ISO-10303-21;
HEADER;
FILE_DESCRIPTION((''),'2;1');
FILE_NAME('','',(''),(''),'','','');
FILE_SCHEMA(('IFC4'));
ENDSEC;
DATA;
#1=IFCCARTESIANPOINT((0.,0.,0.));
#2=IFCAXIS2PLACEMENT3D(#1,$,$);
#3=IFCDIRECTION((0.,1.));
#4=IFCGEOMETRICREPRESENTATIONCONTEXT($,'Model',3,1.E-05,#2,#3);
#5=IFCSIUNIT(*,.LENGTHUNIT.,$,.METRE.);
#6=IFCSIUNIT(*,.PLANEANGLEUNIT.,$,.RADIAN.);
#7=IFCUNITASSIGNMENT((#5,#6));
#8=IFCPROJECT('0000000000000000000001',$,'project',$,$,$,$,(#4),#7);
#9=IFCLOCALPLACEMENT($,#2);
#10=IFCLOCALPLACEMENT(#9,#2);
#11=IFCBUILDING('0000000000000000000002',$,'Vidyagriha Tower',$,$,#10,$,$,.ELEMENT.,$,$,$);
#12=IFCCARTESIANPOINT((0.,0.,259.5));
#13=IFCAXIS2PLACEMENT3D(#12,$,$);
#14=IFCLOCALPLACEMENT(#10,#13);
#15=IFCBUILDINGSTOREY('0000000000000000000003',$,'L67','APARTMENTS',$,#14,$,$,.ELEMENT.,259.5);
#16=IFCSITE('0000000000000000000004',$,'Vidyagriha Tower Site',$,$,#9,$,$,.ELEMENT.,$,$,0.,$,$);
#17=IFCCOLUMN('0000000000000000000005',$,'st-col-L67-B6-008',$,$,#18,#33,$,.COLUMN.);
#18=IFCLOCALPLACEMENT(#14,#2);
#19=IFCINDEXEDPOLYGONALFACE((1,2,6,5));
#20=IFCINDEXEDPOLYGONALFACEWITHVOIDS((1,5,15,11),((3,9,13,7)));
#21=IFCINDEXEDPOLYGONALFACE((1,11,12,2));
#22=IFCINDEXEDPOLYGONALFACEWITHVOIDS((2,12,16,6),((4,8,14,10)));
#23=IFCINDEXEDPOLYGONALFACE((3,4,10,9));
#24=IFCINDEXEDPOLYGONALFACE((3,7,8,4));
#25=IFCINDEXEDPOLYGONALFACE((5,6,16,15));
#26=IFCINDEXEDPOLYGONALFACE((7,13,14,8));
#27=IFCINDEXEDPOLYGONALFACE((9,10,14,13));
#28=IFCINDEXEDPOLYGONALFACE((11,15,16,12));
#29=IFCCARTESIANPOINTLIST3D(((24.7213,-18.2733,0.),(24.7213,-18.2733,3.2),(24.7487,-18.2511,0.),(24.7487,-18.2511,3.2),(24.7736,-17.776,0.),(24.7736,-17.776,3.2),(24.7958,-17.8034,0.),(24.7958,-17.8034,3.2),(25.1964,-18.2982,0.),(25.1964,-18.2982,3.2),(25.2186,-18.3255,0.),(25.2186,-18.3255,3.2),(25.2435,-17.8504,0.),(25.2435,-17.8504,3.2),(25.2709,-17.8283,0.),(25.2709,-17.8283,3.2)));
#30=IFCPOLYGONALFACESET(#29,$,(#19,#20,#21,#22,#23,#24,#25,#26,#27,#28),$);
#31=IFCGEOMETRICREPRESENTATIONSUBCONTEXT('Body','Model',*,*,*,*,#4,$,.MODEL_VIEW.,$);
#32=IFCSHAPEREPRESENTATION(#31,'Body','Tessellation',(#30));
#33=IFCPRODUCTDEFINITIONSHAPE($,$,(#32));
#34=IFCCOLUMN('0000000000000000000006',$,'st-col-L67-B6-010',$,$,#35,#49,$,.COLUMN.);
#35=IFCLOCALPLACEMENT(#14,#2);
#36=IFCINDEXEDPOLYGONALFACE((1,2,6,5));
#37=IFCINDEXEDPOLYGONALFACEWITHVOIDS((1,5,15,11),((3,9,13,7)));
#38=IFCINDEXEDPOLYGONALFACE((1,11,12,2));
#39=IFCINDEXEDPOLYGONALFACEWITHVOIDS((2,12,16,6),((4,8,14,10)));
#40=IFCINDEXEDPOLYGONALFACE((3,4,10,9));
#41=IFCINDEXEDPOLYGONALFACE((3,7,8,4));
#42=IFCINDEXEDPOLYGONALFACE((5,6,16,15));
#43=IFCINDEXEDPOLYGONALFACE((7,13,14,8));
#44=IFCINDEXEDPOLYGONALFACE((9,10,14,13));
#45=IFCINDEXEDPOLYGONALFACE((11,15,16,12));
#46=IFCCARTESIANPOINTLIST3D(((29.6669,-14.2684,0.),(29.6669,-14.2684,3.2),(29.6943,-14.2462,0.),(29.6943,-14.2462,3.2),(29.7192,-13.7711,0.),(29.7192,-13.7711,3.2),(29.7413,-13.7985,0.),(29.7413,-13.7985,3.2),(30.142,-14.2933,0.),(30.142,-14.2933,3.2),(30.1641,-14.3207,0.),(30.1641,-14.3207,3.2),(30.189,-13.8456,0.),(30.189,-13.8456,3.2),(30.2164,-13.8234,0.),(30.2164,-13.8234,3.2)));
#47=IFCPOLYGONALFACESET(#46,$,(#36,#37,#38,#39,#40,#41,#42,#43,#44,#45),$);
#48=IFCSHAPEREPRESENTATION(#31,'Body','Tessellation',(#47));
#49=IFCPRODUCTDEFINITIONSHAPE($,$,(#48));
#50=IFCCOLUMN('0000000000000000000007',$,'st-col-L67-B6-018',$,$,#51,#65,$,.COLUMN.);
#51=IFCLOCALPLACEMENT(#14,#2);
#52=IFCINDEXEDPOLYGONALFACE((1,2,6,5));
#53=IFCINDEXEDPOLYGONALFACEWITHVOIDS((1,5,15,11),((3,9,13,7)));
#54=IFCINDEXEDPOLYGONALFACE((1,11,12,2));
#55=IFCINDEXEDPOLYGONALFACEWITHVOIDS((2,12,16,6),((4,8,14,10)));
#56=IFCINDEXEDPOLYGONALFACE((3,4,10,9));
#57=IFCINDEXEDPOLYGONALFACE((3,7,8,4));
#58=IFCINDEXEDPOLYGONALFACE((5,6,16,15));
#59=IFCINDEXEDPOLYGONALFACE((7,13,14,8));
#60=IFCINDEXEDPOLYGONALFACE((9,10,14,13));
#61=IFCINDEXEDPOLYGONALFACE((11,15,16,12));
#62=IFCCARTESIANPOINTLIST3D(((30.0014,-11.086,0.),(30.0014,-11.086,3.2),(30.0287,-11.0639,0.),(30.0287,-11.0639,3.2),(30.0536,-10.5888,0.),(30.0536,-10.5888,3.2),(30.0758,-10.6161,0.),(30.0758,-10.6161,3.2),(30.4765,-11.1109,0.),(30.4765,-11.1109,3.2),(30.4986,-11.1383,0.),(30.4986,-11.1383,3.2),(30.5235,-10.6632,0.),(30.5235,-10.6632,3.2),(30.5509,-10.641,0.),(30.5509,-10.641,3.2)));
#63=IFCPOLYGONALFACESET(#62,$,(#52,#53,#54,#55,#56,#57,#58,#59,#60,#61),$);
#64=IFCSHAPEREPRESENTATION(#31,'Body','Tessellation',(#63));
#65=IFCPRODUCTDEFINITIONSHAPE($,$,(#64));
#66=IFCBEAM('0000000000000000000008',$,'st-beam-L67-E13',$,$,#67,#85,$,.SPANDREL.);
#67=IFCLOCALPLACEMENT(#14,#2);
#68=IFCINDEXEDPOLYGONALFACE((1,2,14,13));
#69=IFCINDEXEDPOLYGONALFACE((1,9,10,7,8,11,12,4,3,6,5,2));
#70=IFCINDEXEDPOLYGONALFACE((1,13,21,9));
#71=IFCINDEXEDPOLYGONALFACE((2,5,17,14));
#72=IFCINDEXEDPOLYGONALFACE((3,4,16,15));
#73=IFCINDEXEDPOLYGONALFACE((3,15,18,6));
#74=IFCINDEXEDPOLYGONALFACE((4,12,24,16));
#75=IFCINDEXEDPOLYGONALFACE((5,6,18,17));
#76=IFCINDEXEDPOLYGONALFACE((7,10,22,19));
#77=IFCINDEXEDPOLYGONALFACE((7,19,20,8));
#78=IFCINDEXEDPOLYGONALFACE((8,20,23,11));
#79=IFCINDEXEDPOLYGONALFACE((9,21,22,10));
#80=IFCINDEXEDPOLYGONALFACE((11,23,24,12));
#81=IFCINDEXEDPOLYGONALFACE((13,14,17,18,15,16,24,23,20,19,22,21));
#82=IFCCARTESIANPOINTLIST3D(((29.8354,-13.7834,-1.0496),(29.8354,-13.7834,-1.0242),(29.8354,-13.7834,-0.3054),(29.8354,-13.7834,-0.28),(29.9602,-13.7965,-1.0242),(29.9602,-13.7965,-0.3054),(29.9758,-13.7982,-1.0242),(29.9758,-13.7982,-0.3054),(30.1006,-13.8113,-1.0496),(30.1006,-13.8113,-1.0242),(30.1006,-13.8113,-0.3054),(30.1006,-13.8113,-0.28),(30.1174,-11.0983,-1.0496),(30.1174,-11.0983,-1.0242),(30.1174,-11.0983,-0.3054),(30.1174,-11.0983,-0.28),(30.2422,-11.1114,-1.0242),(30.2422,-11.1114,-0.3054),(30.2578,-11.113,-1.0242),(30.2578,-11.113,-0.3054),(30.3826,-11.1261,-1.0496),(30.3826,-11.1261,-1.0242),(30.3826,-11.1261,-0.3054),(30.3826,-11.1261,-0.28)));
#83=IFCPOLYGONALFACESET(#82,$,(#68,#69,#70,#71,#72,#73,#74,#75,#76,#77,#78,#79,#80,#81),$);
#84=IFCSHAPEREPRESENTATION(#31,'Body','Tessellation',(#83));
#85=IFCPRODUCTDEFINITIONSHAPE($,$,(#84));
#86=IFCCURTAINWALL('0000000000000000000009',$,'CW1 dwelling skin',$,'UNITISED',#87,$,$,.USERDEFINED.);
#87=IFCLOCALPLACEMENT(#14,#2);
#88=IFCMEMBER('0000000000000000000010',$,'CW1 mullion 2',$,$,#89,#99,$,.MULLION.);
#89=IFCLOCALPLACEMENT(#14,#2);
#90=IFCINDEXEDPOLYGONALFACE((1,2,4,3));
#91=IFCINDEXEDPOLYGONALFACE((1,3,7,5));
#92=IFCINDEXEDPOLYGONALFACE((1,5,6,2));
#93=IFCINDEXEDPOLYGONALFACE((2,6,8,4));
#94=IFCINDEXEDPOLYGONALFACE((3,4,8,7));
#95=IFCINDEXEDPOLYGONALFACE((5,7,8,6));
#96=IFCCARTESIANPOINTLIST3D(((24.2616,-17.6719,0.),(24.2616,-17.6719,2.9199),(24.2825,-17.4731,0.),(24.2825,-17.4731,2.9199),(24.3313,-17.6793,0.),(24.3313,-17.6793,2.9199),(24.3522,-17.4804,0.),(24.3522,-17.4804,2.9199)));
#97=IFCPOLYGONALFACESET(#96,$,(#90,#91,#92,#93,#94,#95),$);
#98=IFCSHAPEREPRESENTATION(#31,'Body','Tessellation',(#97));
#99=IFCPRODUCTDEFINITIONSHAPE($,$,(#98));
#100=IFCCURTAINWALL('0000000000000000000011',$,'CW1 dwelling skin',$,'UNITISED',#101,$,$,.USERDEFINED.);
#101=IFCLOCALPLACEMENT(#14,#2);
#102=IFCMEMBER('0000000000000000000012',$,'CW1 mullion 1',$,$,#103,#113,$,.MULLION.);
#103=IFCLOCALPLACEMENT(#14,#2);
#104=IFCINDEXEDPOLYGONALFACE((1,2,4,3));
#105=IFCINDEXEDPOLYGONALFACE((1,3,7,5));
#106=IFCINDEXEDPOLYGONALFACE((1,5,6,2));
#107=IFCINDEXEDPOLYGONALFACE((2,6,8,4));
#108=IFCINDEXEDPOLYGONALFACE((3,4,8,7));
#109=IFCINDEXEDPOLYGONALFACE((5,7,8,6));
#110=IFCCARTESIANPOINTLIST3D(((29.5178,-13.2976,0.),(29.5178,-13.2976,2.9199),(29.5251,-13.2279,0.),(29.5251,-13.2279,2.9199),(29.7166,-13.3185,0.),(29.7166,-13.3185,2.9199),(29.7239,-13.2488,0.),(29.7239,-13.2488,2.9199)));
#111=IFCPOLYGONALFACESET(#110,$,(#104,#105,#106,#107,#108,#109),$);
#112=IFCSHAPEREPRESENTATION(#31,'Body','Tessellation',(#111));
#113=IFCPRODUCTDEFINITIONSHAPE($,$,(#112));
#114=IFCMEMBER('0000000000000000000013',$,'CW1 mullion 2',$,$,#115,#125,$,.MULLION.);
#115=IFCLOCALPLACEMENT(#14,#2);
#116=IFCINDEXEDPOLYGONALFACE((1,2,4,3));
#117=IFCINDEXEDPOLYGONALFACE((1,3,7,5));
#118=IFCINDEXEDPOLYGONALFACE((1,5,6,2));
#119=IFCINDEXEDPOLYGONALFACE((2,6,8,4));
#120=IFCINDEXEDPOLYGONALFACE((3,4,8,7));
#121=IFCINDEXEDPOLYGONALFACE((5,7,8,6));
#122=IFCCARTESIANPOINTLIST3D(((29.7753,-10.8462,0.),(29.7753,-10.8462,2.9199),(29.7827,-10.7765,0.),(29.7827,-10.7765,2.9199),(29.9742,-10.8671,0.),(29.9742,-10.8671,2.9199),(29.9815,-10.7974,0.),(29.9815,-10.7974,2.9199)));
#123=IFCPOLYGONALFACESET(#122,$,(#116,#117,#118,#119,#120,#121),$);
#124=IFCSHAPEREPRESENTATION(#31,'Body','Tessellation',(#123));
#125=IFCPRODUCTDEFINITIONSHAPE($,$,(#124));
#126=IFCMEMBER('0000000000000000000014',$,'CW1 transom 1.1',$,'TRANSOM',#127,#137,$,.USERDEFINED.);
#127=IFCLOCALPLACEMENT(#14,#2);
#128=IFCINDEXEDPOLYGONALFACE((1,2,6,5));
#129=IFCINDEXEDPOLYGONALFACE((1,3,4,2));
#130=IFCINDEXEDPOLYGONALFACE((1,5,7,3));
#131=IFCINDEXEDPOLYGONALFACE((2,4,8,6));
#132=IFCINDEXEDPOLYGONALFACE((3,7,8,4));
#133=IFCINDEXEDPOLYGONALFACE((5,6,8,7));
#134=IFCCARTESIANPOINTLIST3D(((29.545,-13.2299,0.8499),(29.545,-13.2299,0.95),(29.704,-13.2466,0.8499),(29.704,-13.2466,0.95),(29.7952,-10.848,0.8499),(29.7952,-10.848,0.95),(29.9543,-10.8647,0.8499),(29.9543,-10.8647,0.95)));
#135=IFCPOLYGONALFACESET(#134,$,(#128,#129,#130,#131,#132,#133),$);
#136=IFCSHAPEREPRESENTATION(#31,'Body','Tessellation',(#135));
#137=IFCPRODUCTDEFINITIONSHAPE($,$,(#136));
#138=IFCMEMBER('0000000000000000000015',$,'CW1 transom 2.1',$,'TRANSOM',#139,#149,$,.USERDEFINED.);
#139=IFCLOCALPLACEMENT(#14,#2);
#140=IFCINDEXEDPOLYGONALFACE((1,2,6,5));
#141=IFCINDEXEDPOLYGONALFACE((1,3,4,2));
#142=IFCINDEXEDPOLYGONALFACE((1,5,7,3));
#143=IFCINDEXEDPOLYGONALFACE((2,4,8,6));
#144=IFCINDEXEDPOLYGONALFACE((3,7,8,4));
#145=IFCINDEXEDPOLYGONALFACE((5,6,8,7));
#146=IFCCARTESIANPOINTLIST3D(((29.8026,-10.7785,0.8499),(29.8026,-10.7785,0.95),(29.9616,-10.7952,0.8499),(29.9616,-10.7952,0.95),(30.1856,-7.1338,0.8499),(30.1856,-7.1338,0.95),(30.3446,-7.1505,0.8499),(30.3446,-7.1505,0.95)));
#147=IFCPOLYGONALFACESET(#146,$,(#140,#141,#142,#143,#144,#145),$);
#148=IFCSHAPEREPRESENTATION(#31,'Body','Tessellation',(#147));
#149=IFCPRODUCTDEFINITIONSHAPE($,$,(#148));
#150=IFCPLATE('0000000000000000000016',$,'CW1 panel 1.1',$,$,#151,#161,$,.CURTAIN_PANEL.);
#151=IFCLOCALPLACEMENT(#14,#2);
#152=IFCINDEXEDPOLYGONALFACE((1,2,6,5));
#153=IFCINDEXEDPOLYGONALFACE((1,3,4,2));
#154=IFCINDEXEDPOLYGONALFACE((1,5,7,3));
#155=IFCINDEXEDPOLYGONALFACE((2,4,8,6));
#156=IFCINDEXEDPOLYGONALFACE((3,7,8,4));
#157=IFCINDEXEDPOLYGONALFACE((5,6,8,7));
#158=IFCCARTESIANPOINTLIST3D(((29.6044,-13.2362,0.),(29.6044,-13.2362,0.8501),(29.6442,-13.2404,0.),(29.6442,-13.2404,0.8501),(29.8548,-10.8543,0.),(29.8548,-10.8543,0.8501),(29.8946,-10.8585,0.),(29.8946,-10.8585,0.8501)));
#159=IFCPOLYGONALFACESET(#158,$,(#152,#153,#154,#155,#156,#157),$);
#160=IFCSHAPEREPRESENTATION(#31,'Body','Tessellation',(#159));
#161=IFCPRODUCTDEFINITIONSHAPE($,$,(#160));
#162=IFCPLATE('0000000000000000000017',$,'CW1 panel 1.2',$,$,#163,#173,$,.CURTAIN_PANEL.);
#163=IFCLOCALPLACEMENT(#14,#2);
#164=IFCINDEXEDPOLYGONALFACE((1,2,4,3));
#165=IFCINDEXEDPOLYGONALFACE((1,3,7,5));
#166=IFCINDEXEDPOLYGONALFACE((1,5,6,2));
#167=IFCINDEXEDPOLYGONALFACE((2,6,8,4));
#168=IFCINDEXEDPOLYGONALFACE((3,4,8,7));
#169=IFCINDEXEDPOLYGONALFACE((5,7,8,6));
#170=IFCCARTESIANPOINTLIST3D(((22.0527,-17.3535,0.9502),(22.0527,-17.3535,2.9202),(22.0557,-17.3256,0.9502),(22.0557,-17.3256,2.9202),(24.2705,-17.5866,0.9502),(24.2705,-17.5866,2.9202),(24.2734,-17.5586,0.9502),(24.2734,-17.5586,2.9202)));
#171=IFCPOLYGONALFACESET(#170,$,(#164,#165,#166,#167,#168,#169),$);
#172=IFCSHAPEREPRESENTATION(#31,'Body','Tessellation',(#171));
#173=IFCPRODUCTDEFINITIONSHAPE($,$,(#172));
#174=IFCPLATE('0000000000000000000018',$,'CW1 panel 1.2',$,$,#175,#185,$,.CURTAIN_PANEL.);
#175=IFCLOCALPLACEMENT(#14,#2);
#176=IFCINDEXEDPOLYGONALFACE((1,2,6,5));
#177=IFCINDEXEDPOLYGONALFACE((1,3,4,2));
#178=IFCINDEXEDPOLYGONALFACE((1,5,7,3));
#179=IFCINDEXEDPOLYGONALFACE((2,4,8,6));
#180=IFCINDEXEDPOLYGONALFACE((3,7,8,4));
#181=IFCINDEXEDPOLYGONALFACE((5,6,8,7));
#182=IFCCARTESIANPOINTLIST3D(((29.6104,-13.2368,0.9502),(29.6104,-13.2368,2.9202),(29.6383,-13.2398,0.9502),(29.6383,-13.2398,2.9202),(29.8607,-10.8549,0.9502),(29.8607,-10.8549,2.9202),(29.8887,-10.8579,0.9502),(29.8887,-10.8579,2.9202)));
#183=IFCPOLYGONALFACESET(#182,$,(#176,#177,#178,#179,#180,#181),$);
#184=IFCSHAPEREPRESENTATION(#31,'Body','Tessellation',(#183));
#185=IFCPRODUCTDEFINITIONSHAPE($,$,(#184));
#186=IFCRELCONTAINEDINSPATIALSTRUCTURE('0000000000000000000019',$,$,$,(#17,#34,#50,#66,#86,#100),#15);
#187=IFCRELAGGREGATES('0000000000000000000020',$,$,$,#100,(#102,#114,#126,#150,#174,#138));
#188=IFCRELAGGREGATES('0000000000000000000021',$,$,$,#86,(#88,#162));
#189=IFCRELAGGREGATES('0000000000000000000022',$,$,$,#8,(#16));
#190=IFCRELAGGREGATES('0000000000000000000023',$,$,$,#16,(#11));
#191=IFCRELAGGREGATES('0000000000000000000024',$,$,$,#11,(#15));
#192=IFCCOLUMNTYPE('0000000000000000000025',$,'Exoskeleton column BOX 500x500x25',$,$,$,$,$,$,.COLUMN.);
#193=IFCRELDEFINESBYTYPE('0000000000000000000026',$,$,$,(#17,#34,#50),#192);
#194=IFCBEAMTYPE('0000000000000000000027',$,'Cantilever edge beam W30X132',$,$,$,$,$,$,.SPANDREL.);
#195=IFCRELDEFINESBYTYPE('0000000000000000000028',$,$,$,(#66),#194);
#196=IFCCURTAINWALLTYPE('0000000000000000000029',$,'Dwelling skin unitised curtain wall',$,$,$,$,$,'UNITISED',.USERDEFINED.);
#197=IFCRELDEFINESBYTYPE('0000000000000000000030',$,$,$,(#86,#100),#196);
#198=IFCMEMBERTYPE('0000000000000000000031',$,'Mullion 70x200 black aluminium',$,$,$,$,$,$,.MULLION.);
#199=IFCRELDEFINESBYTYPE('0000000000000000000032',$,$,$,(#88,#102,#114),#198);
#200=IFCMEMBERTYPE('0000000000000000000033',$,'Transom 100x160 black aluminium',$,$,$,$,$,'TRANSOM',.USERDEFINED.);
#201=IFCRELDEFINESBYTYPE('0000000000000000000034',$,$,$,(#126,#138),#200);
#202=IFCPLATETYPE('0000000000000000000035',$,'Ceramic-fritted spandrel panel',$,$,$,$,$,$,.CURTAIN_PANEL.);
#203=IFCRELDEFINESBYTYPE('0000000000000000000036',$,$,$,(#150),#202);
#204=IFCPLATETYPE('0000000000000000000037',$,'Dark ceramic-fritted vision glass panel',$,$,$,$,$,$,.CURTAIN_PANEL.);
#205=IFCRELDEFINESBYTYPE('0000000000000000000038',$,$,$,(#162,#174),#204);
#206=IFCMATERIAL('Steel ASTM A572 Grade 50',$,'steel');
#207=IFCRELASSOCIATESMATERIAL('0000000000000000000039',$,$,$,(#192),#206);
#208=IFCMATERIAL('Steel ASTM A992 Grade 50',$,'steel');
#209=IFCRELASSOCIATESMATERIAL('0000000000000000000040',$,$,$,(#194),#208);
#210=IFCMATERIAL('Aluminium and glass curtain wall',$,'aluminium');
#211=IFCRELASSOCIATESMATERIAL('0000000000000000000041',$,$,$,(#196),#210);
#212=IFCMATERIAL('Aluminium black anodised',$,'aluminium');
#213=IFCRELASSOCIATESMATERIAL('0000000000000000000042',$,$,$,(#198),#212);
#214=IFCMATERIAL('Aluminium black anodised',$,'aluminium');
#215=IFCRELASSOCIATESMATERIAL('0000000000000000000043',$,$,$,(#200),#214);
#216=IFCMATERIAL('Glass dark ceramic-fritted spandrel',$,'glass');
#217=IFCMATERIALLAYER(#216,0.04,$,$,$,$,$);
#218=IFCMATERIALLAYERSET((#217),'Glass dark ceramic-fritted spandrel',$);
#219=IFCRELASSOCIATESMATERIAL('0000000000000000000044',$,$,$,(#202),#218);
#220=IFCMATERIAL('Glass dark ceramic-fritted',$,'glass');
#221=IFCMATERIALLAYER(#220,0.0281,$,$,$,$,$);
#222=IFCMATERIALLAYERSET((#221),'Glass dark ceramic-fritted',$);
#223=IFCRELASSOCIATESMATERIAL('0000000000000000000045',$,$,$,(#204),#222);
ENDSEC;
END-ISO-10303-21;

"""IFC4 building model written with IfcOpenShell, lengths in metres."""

from ifc_helpers import new_model, si_unit, direction, frame, origin, origin_2d, place, context, subcontext, project, spatial, rectangle, hollow_rectangle, i_section, extrude, material, layer, layer_set, material_profile, profile_set, type_object, element, aggregate, save


model = new_model("IFC4")

# Units and contexts
model_context = context("Model", 3, precision=1e-05, world=origin(), true_north=direction((0.0, 1.0)))
body_context = subcontext(model_context, "Body", "Model", "MODEL_VIEW")
ifc_project = project(units=[si_unit("LENGTHUNIT", "METRE"), si_unit("PLANEANGLEUNIT", "RADIAN")], contexts=[model_context])

# Site, building, storey
site_placement = place(None, origin())
site = spatial("IfcSite", under=ifc_project, at=site_placement, Name="Vidyagriha Tower Site", CompositionType="ELEMENT", RefElevation=0.0)
building_placement = place(site_placement, origin())
building = spatial("IfcBuilding", under=site, at=building_placement, Name="Vidyagriha Tower", CompositionType="ELEMENT")
storey_placement = place(building_placement, frame((0.0, 0.0, 259.5)))
storey = spatial("IfcBuildingStorey", under=building, at=storey_placement, Name="L67", Description="APARTMENTS", CompositionType="ELEMENT", Elevation=259.5)

# Columns
ifc_material_1 = material(Name="Steel ASTM A572 Grade 50", Category="steel")
ifc_material_profile_1 = material_profile(ifc_material_1, hollow_rectangle(XDim=0.5, YDim=0.5, WallThickness=0.0249, at=origin_2d()), Name="BOX 500x500x25")
ifc_profile_set_1 = profile_set([ifc_material_profile_1], Name="Steel ASTM A572 Grade 50")
column_type = type_object("IfcColumnType", Name="Exoskeleton column BOX 500x500x25", PredefinedType="COLUMN", material=ifc_profile_set_1)
for number, where, z_axis, x_axis, name in (
    (1, (24.9961, -18.0508, 0.0), (0.0, 0.0, 1.0), (0.994522, -0.104528, 0.0), "st-col-L67-B6-008"),
    (2, (29.9417, -14.0459, 0.0), (0.0, 0.0, 1.0), (0.994522, -0.104528, 0.0), "st-col-L67-B6-010"),
    (3, (30.2761, -10.8635, 0.0), (0.0, 0.0, 1.0), (0.994522, -0.104528, 0.0), "st-col-L67-B6-018"),
):
    element("IfcColumn", number, at=place(storey_placement, frame(where, z_axis=z_axis, x_axis=x_axis)), inside=storey, type_object=column_type, Name=name, PredefinedType="COLUMN", context=body_context, shape_type="SweptSolid", body=[
        extrude(hollow_rectangle(XDim=0.5, YDim=0.5, WallThickness=0.0249, at=origin_2d()), origin(), (0.0, 0.0, 1.0), 3.2),
    ])

# Beam
ifc_material_2 = material(Name="Steel ASTM A992 Grade 50", Category="steel")
ifc_material_profile_2 = material_profile(ifc_material_2, i_section(OverallWidth=0.2666, OverallDepth=0.7695, WebThickness=0.0156, FlangeThickness=0.0254, at=origin_2d()), Name="W30X132")
ifc_profile_set_2 = profile_set([ifc_material_profile_2], Name="Steel ASTM A992 Grade 50")
beam_type = type_object("IfcBeamType", Name="Cantilever edge beam W30X132", PredefinedType="SPANDREL", material=ifc_profile_set_2)
beam_placement = place(storey_placement, frame((29.968, -13.7974, -0.6648), z_axis=(0.104435, 0.994532, 0.0), x_axis=(-0.994532, 0.104435, 0.0)))
element("IfcBeam", 4, at=beam_placement, inside=storey, type_object=beam_type, Name="st-beam-L67-E13", PredefinedType="SPANDREL", context=body_context, shape_type="SweptSolid", body=[
    extrude(i_section(OverallWidth=0.2666, OverallDepth=0.7695, WebThickness=0.0156, FlangeThickness=0.0254, at=origin_2d()), origin(), (0.0, 0.0, 1.0), 2.7),
])

# Curtain wall, member
ifc_material_3 = material(Name="Aluminium and glass curtain wall", Category="aluminium")
curtain_wall_type = type_object("IfcCurtainWallType", Name="Dwelling skin unitised curtain wall", ElementType="UNITISED", PredefinedType="USERDEFINED", material=ifc_material_3)
curtain_wall_1_placement = place(storey_placement, origin())
curtain_wall_1 = element("IfcCurtainWall", 5, at=curtain_wall_1_placement, inside=storey, type_object=curtain_wall_type, Name="CW1 dwelling skin", ObjectType="UNITISED", PredefinedType="USERDEFINED")
ifc_material_4 = material(Name="Aluminium black anodised", Category="aluminium")
ifc_material_profile_3 = material_profile(ifc_material_4, rectangle(XDim=0.2, YDim=0.0701, at=origin_2d()), Name="Mullion 70x200 black aluminium")
ifc_profile_set_3 = profile_set([ifc_material_profile_3], Name="Aluminium black anodised")
member_type_1 = type_object("IfcMemberType", Name="Mullion 70x200 black aluminium", PredefinedType="MULLION", material=ifc_profile_set_3)
member_1_placement = place(storey_placement, frame((24.3069, -17.5762, 0.0), z_axis=(0.0, 0.0, 1.0), x_axis=(0.104522, 0.994523, 0.0)))
member_1 = element("IfcMember", 6, at=member_1_placement, type_object=member_type_1, Name="CW1 mullion 2", PredefinedType="MULLION", context=body_context, shape_type="SweptSolid", body=[
    extrude(rectangle(XDim=0.2, YDim=0.0701, at=origin_2d()), origin(), (0.0, 0.0, 1.0), 2.9199),
])

# Curtain wall, members, plate
curtain_wall_2_placement = place(storey_placement, origin())
curtain_wall_2 = element("IfcCurtainWall", 7, at=curtain_wall_2_placement, inside=storey, type_object=curtain_wall_type, Name="CW1 dwelling skin", ObjectType="UNITISED", PredefinedType="USERDEFINED")
member_2_placement = place(storey_placement, frame((29.6208, -13.2732, 0.0), z_axis=(0.0, 0.0, 1.0), x_axis=(-0.994521, 0.104533, 0.0)))
member_2 = element("IfcMember", 8, at=member_2_placement, type_object=member_type_1, Name="CW1 mullion 1", PredefinedType="MULLION", context=body_context, shape_type="SweptSolid", body=[
    extrude(rectangle(XDim=0.2, YDim=0.0701, at=origin_2d()), origin(), (0.0, 0.0, 1.0), 2.9199),
])
member_3_placement = place(storey_placement, frame((29.8784, -10.8218, 0.0), z_axis=(0.0, 0.0, 1.0), x_axis=(-0.994521, 0.104533, 0.0)))
member_3 = element("IfcMember", 9, at=member_3_placement, type_object=member_type_1, Name="CW1 mullion 2", PredefinedType="MULLION", context=body_context, shape_type="SweptSolid", body=[
    extrude(rectangle(XDim=0.2, YDim=0.0701, at=origin_2d()), origin(), (0.0, 0.0, 1.0), 2.9199),
])
ifc_material_5 = material(Name="Aluminium black anodised", Category="aluminium")
ifc_material_profile_4 = material_profile(ifc_material_5, rectangle(XDim=0.1599, YDim=0.1001, at=origin_2d()), Name="Transom 100x160 black aluminium")
ifc_profile_set_4 = profile_set([ifc_material_profile_4], Name="Aluminium black anodised")
member_type_2 = type_object("IfcMemberType", Name="Transom 100x160 black aluminium", ElementType="TRANSOM", PredefinedType="USERDEFINED", material=ifc_profile_set_4)
member_4_placement = place(storey_placement, frame((29.6245, -13.2383, 0.8999), z_axis=(0.104488, 0.994526, 0.0), x_axis=(-0.994526, 0.104488, 0.0)))
member_4 = element("IfcMember", 10, at=member_4_placement, type_object=member_type_2, Name="CW1 transom 1.1", ObjectType="TRANSOM", PredefinedType="USERDEFINED", context=body_context, shape_type="SweptSolid", body=[
    extrude(rectangle(XDim=0.1599, YDim=0.1001, at=origin_2d()), origin(), (0.0, 0.0, 1.0), 2.395),
])
member_5_placement = place(storey_placement, frame((29.8821, -10.7869, 0.8999), z_axis=(0.104522, 0.994523, 0.0), x_axis=(-0.994523, 0.104522, 0.0)))
member_5 = element("IfcMember", 11, at=member_5_placement, type_object=member_type_2, Name="CW1 transom 2.1", ObjectType="TRANSOM", PredefinedType="USERDEFINED", context=body_context, shape_type="SweptSolid", body=[
    extrude(rectangle(XDim=0.1599, YDim=0.1001, at=origin_2d()), origin(), (0.0, 0.0, 1.0), 3.6648),
])
ifc_material_6 = material(Name="Glass dark ceramic-fritted spandrel", Category="glass")
ifc_layer_1 = layer(ifc_material_6, 0.04)
ifc_layer_set_1 = layer_set([ifc_layer_1], Name="Glass dark ceramic-fritted spandrel")
plate_type_1 = type_object("IfcPlateType", Name="Ceramic-fritted spandrel panel", PredefinedType="CURTAIN_PANEL", material=ifc_layer_set_1)
plate_1_placement = place(storey_placement, frame((29.7495, -12.0474, 0.0), z_axis=(0.0, 0.0, 1.0), x_axis=(0.104533, 0.994521, 0.0)))
plate_1 = element("IfcPlate", 12, at=plate_1_placement, type_object=plate_type_1, Name="CW1 panel 1.1", PredefinedType="CURTAIN_PANEL", context=body_context, shape_type="SweptSolid", body=[
    extrude(rectangle(XDim=2.395, YDim=0.04, at=origin_2d()), origin(), (0.0, 0.0, 1.0), 0.8501),
])

# Plates
ifc_material_7 = material(Name="Glass dark ceramic-fritted", Category="glass")
ifc_layer_2 = layer(ifc_material_7, 0.0281)
ifc_layer_set_2 = layer_set([ifc_layer_2], Name="Glass dark ceramic-fritted")
plate_type_2 = type_object("IfcPlateType", Name="Dark ceramic-fritted vision glass panel", PredefinedType="CURTAIN_PANEL", material=ifc_layer_set_2)
plate_2_placement = place(storey_placement, frame((23.1631, -17.4561, 0.9502), z_axis=(0.0, 0.0, 1.0), x_axis=(0.994523, -0.104522, 0.0)))
plate_2 = element("IfcPlate", 13, at=plate_2_placement, type_object=plate_type_2, Name="CW1 panel 1.2", PredefinedType="CURTAIN_PANEL", context=body_context, shape_type="SweptSolid", body=[
    extrude(rectangle(XDim=2.23, YDim=0.0281, at=origin_2d()), origin(), (0.0, 0.0, 1.0), 1.97),
])
plate_3_placement = place(storey_placement, frame((29.7495, -12.0474, 0.9502), z_axis=(0.0, 0.0, 1.0), x_axis=(0.104533, 0.994521, 0.0)))
plate_3 = element("IfcPlate", 14, at=plate_3_placement, type_object=plate_type_2, Name="CW1 panel 1.2", PredefinedType="CURTAIN_PANEL", context=body_context, shape_type="SweptSolid", body=[
    extrude(rectangle(XDim=2.395, YDim=0.0281, at=origin_2d()), origin(), (0.0, 0.0, 1.0), 1.97),
])
aggregate(curtain_wall_2, [member_2, member_3, member_4, plate_1, plate_3, member_5])
aggregate(curtain_wall_1, [member_1, plate_2])

save(model, "model.ifc")
